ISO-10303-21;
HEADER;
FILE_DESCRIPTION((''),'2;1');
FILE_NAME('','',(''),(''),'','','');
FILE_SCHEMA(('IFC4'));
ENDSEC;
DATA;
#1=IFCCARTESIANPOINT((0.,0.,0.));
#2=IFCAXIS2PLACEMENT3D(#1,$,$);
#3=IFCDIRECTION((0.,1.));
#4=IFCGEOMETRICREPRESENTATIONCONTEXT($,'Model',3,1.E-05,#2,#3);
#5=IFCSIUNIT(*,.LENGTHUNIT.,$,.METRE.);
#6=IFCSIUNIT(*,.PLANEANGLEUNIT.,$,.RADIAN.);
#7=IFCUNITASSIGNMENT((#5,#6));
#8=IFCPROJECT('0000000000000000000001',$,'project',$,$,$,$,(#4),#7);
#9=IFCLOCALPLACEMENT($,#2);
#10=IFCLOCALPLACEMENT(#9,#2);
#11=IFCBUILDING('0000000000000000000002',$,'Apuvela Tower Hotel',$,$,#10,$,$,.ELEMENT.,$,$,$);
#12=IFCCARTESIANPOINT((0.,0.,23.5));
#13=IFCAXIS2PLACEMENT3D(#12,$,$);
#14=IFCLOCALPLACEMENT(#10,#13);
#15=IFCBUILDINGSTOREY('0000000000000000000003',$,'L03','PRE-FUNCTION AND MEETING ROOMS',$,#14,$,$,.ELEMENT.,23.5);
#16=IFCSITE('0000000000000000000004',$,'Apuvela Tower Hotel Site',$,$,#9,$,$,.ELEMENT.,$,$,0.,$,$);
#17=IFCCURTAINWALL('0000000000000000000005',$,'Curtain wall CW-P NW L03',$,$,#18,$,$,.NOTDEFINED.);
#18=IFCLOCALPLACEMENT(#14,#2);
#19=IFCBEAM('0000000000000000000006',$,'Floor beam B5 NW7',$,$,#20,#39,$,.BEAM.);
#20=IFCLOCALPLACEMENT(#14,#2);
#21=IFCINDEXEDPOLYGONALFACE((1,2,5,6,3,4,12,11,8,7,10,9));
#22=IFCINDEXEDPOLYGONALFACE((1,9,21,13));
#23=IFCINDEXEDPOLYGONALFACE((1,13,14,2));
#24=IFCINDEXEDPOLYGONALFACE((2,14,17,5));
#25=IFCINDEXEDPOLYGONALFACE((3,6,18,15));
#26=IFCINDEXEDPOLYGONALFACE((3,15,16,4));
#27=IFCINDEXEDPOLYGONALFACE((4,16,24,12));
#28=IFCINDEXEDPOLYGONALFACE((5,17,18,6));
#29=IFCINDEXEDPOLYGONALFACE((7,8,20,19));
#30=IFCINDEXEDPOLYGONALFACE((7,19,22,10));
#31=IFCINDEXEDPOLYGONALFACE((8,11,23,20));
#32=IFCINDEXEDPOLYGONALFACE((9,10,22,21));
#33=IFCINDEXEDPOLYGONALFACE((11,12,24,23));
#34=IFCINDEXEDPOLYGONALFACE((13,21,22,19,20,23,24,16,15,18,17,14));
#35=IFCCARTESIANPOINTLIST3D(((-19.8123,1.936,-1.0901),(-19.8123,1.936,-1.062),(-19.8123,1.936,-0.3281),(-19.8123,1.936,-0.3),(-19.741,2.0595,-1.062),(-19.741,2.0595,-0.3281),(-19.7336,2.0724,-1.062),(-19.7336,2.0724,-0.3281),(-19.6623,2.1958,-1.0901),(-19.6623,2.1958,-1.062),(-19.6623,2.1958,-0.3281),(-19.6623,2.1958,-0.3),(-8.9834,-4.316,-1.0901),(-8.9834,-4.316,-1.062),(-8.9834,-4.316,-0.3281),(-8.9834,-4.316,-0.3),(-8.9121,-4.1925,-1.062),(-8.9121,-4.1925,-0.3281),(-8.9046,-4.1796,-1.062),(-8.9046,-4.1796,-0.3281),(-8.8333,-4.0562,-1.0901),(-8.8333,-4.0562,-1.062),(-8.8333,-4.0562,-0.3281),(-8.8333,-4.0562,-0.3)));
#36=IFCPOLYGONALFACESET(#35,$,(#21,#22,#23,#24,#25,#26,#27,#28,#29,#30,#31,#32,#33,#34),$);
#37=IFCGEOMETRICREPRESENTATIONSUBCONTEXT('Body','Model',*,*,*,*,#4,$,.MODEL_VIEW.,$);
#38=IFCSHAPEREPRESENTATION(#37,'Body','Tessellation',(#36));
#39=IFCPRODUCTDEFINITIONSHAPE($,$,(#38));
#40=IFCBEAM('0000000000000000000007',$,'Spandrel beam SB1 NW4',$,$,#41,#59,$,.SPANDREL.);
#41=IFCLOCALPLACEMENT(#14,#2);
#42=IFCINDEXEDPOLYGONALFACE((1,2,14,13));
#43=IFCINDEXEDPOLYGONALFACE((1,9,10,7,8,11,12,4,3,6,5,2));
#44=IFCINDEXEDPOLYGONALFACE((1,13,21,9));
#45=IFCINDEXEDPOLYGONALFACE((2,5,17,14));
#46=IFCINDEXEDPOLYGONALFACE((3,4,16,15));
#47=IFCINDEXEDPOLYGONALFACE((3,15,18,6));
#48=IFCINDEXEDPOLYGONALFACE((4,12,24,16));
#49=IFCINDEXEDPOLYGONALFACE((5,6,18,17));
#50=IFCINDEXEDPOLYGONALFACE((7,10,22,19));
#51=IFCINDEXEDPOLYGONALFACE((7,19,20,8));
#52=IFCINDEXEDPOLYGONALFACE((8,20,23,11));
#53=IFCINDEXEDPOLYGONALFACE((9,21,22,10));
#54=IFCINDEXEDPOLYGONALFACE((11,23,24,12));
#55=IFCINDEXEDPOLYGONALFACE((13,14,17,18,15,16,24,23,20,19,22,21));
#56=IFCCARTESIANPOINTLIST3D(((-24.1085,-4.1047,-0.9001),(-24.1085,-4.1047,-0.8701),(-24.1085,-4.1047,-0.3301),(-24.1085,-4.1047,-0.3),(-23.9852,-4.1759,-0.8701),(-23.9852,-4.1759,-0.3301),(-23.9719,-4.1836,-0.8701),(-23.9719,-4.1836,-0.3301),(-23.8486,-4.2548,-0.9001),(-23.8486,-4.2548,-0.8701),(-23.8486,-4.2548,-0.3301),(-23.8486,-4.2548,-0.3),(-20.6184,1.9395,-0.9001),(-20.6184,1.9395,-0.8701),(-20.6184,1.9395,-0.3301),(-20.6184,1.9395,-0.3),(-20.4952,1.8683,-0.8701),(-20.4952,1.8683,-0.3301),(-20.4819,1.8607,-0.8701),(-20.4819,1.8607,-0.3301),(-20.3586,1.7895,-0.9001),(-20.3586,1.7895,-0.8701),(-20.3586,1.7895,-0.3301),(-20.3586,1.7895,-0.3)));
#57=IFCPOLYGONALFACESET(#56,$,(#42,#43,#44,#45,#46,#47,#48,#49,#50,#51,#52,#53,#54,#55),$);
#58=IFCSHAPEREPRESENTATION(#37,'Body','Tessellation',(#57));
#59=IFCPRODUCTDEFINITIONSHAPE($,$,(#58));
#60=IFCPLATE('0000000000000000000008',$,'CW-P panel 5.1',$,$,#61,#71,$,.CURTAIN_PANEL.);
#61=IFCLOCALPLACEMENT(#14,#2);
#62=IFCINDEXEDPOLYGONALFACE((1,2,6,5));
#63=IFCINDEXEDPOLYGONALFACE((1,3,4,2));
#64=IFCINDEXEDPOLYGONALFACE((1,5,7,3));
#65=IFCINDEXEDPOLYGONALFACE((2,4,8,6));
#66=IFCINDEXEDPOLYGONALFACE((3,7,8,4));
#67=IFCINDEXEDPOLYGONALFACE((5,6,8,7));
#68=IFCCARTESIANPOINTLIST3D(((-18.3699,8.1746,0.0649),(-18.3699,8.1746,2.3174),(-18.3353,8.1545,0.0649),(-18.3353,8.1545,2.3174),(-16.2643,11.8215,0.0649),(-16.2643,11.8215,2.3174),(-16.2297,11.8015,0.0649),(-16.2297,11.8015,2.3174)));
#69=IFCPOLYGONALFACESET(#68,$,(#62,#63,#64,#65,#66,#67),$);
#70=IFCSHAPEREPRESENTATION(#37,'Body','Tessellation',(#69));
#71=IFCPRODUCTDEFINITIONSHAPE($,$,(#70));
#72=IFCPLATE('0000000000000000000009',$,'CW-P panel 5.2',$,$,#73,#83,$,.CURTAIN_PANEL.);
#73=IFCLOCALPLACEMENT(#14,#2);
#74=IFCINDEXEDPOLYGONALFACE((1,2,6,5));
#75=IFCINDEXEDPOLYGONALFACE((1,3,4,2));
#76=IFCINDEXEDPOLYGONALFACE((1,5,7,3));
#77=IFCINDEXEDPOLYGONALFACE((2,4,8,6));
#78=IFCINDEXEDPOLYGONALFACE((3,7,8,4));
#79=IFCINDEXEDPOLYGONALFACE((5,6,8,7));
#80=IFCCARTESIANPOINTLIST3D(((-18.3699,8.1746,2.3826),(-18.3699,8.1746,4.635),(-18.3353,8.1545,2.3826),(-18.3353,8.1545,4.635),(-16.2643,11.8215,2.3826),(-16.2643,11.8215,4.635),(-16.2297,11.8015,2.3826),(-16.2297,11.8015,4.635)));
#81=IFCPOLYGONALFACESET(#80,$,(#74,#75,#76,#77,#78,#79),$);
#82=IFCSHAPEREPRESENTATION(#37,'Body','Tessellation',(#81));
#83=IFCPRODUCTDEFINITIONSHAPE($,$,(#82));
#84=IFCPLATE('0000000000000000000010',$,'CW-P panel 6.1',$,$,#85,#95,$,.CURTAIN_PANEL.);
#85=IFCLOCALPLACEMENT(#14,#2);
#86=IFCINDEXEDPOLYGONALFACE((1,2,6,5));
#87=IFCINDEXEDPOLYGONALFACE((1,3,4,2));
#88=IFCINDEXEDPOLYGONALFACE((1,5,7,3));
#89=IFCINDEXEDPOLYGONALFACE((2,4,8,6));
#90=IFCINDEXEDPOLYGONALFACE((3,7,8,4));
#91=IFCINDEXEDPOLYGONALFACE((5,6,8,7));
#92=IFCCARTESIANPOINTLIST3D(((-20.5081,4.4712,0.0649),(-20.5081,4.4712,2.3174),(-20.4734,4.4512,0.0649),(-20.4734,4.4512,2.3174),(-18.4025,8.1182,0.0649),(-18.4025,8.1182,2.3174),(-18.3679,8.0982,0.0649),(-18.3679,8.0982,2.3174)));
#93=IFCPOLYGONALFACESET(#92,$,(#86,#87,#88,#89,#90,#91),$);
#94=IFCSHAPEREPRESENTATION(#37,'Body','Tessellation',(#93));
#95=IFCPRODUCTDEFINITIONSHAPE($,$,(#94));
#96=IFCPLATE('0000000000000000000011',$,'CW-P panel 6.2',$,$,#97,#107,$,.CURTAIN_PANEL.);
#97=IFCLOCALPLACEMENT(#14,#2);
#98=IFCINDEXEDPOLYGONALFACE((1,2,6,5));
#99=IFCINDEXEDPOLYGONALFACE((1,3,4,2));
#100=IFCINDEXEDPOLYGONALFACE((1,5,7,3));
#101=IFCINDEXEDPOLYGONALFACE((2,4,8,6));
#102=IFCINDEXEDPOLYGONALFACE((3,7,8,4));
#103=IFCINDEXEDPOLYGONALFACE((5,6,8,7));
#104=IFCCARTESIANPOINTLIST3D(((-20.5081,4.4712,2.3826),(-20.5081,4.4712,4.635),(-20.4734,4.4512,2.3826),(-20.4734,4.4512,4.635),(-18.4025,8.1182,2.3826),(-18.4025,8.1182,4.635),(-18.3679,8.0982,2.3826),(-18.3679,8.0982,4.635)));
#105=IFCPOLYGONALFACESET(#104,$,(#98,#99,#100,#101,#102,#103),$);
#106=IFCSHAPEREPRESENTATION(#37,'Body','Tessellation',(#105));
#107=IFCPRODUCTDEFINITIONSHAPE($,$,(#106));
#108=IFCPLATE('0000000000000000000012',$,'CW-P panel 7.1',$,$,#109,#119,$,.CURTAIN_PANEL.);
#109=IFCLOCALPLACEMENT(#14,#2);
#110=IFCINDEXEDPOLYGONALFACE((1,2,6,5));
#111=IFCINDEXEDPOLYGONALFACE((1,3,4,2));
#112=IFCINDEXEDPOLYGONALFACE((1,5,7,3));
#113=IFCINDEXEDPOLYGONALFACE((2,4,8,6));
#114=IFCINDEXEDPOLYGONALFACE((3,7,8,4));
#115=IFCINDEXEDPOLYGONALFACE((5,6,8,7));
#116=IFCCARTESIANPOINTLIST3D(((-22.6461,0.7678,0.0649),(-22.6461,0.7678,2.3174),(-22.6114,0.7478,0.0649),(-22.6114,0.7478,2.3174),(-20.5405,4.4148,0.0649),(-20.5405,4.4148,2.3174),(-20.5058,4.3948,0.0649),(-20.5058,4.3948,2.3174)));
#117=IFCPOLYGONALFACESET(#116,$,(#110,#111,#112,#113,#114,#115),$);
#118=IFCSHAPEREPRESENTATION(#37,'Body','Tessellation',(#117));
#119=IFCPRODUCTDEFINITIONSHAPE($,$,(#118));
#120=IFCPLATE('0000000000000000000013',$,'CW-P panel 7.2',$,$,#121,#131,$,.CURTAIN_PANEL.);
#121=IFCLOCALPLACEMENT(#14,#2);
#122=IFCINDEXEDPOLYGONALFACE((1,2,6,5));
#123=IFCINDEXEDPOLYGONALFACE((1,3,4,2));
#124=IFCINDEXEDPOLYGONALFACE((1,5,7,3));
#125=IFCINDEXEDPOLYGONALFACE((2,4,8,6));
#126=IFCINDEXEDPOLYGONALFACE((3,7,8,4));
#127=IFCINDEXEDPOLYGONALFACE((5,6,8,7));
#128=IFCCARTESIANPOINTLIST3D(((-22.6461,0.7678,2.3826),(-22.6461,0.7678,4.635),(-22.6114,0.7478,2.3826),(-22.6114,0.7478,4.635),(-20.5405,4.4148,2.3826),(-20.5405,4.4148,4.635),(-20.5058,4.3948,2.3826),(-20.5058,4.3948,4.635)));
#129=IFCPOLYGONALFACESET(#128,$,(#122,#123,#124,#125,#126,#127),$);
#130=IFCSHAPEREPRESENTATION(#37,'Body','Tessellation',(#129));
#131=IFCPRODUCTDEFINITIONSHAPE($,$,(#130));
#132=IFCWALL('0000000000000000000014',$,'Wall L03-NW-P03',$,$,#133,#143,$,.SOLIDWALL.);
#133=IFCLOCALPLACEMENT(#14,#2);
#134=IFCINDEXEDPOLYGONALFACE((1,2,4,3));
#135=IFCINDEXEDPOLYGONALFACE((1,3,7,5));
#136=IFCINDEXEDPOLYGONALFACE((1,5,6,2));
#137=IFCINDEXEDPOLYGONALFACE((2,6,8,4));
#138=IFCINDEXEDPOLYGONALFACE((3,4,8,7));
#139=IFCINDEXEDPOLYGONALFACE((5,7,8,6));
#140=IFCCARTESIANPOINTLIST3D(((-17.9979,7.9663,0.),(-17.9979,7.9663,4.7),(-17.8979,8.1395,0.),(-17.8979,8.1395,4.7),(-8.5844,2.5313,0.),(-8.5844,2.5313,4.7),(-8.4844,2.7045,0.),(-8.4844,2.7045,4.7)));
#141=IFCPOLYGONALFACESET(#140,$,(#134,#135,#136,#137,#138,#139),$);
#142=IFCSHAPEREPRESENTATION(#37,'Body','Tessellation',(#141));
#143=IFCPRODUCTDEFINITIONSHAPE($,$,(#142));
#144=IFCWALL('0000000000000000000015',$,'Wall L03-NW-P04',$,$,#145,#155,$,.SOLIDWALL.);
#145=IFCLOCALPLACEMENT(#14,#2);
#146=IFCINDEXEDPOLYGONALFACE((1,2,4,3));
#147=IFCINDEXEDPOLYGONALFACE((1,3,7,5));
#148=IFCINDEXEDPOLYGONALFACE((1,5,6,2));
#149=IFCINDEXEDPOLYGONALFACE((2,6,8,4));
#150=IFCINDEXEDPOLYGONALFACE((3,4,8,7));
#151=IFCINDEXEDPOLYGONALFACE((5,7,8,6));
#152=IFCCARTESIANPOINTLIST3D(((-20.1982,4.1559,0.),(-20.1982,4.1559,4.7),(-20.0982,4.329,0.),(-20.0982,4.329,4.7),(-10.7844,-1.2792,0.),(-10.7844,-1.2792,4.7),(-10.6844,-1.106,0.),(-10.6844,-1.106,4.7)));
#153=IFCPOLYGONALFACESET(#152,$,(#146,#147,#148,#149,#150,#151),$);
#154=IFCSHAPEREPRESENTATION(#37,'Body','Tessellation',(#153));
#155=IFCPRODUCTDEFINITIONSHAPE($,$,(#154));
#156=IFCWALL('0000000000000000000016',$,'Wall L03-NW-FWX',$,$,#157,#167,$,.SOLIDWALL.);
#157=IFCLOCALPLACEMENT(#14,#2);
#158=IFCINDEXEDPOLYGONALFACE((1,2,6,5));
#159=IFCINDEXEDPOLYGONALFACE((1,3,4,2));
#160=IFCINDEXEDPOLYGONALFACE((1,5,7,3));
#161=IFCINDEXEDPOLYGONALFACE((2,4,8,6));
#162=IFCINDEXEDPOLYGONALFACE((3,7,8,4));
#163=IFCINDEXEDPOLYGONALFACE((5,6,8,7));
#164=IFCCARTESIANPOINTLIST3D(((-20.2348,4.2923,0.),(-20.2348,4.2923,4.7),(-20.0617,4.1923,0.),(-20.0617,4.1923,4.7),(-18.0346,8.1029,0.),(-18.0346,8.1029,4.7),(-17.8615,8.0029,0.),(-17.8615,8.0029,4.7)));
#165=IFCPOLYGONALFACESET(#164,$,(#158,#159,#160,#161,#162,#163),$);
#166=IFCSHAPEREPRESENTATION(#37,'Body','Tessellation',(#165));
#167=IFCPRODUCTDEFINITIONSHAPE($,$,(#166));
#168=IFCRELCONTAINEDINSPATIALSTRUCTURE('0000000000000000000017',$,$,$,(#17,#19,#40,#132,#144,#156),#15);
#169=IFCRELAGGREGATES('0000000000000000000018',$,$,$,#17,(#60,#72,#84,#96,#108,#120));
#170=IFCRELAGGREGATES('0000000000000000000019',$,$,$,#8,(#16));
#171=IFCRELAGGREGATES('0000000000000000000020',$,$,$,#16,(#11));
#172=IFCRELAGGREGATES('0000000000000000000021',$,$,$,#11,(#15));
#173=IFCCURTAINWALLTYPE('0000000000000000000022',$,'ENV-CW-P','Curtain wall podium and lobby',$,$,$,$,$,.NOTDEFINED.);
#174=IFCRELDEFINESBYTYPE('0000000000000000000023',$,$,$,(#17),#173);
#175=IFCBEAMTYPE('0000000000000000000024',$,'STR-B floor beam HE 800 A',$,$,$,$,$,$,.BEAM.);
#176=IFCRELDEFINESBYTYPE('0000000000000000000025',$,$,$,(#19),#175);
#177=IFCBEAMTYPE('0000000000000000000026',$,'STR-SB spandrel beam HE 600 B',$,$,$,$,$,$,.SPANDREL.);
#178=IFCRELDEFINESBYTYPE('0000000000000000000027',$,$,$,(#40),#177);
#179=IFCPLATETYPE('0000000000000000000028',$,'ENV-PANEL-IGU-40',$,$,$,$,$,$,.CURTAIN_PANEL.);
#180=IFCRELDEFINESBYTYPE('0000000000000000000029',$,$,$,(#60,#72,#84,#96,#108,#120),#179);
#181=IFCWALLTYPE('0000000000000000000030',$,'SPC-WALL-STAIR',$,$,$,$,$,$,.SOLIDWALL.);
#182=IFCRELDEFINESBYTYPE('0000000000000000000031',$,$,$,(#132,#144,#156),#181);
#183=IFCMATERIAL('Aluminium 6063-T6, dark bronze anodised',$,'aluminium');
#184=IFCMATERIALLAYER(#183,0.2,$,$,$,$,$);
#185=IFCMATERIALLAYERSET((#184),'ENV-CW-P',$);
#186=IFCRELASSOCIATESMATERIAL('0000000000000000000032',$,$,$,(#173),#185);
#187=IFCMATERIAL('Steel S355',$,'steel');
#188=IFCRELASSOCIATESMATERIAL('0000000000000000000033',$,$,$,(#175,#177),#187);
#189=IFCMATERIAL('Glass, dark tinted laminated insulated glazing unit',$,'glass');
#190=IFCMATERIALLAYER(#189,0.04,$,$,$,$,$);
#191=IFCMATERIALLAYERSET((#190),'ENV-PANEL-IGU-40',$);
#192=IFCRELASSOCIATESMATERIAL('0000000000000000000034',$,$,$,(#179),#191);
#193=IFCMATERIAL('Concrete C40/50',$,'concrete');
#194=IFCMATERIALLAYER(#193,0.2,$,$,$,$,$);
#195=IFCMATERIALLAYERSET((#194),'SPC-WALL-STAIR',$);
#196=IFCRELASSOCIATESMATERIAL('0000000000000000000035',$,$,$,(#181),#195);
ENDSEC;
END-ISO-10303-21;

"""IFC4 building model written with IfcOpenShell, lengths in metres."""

from ifc_helpers import new_model, si_unit, direction, frame, frame_2d, origin, origin_2d, place, context, subcontext, project, spatial, rectangle, i_section, extrude, material, layer, layer_set, material_profile, profile_set, type_object, element, aggregate, save


model = new_model("IFC4")

# Units and contexts
model_context = context("Model", 3, precision=1e-05, world=origin(), true_north=direction((0.0, 1.0)))
body_context = subcontext(model_context, "Body", "Model", "MODEL_VIEW")
ifc_project = project(units=[si_unit("LENGTHUNIT", "METRE"), si_unit("PLANEANGLEUNIT", "RADIAN")], contexts=[model_context])

# Site, building, storey
site_placement = place(None, origin())
site = spatial("IfcSite", under=ifc_project, at=site_placement, Name="Apuvela Tower Hotel Site", CompositionType="ELEMENT", RefElevation=0.0)
building_placement = place(site_placement, origin())
building = spatial("IfcBuilding", under=site, at=building_placement, Name="Apuvela Tower Hotel", CompositionType="ELEMENT")
storey_placement = place(building_placement, frame((0.0, 0.0, 23.5)))
storey = spatial("IfcBuildingStorey", under=building, at=storey_placement, Name="L03", Description="PRE-FUNCTION AND MEETING ROOMS", CompositionType="ELEMENT", Elevation=23.5)

# Curtain wall
ifc_material_1 = material(Name="Aluminium 6063-T6, dark bronze anodised", Category="aluminium")
ifc_layer_1 = layer(ifc_material_1, 0.2)
ifc_layer_set_1 = layer_set([ifc_layer_1], Name="ENV-CW-P")
curtain_wall_type = type_object("IfcCurtainWallType", Name="ENV-CW-P", Description="Curtain wall podium and lobby", PredefinedType="NOTDEFINED", material=ifc_layer_set_1)
curtain_wall_placement = place(storey_placement, origin())
curtain_wall = element("IfcCurtainWall", 1, at=curtain_wall_placement, inside=storey, type_object=curtain_wall_type, Name="Curtain wall CW-P NW L03", PredefinedType="NOTDEFINED")

# Beams
ifc_material_2 = material(Name="Steel S355", Category="steel")
ifc_material_profile_1 = material_profile(ifc_material_2, i_section(OverallWidth=0.3, OverallDepth=0.79, WebThickness=0.0149, FlangeThickness=0.0281, at=origin_2d()), Name="HE 800 A")
ifc_profile_set_1 = profile_set([ifc_material_profile_1], Name="Steel S355")
beam_type_1 = type_object("IfcBeamType", Name="STR-B floor beam HE 800 A", PredefinedType="BEAM", material=ifc_profile_set_1)
beam_1_placement = place(storey_placement, frame((-19.7373, 2.0659, -0.6951), z_axis=(0.866029, -0.499995, 0.0), x_axis=(0.499995, 0.866029, 0.0)))
element("IfcBeam", 2, at=beam_1_placement, inside=storey, type_object=beam_type_1, Name="Floor beam B5 NW7", PredefinedType="BEAM", context=body_context, shape_type="SweptSolid", body=[
    extrude(i_section(OverallWidth=0.3, OverallDepth=0.79, WebThickness=0.0149, FlangeThickness=0.0281, at=origin_2d()), origin(), (0.0, 0.0, 1.0), 12.5042),
])
ifc_material_profile_2 = material_profile(ifc_material_2, i_section(OverallWidth=0.3, OverallDepth=0.6001, WebThickness=0.0154, FlangeThickness=0.03, at=origin_2d()), Name="HE 600 B")
ifc_profile_set_2 = profile_set([ifc_material_profile_2], Name="Steel S355")
beam_type_2 = type_object("IfcBeamType", Name="STR-SB spandrel beam HE 600 B", PredefinedType="SPANDREL", material=ifc_profile_set_2)
beam_2_placement = place(storey_placement, frame((-20.4885, 1.8645, -0.6001), z_axis=(-0.50004, -0.866002, 0.0), x_axis=(0.866002, -0.50004, 0.0)))
element("IfcBeam", 3, at=beam_2_placement, inside=storey, type_object=beam_type_2, Name="Spandrel beam SB1 NW4", PredefinedType="SPANDREL", context=body_context, shape_type="SweptSolid", body=[
    extrude(i_section(OverallWidth=0.3, OverallDepth=0.6001, WebThickness=0.0154, FlangeThickness=0.03, at=origin_2d()), origin(), (0.0, 0.0, 1.0), 6.9795),
])

# Plates
ifc_material_3 = material(Name="Glass, dark tinted laminated insulated glazing unit", Category="glass")
ifc_layer_2 = layer(ifc_material_3, 0.04)
ifc_layer_set_2 = layer_set([ifc_layer_2], Name="ENV-PANEL-IGU-40")
plate_type = type_object("IfcPlateType", Name="ENV-PANEL-IGU-40", PredefinedType="CURTAIN_PANEL", material=ifc_layer_set_2)
plate_1_placement = place(storey_placement, frame((-17.2998, 9.988, 0.0649), z_axis=(0.0, 0.0, 1.0), x_axis=(-0.5, -0.866026, 0.0)))
plate_1 = element("IfcPlate", 4, at=plate_1_placement, type_object=plate_type, Name="CW-P panel 5.1", PredefinedType="CURTAIN_PANEL", context=body_context, shape_type="SweptSolid", body=[
    extrude(rectangle(XDim=4.2112, YDim=0.04, at=origin_2d()), origin(), (0.0, 0.0, 1.0), 2.2524),
])
plate_2_placement = place(storey_placement, frame((-17.2998, 9.988, 2.3826), z_axis=(0.0, 0.0, 1.0), x_axis=(-0.5, -0.866026, 0.0)))
plate_2 = element("IfcPlate", 5, at=plate_2_placement, type_object=plate_type, Name="CW-P panel 5.2", PredefinedType="CURTAIN_PANEL", context=body_context, shape_type="SweptSolid", body=[
    extrude(rectangle(XDim=4.2112, YDim=0.04, at=origin_2d()), origin(), (0.0, 0.0, 1.0), 2.2524),
])
plate_3_placement = place(storey_placement, frame((-19.438, 6.2847, 0.0649), z_axis=(0.0, 0.0, 1.0), x_axis=(-0.5, -0.866026, 0.0)))
plate_3 = element("IfcPlate", 6, at=plate_3_placement, type_object=plate_type, Name="CW-P panel 6.1", PredefinedType="CURTAIN_PANEL", context=body_context, shape_type="SweptSolid", body=[
    extrude(rectangle(XDim=4.2112, YDim=0.04, at=origin_2d()), origin(), (0.0, 0.0, 1.0), 2.2524),
])
plate_4_placement = place(storey_placement, frame((-19.438, 6.2847, 2.3826), z_axis=(0.0, 0.0, 1.0), x_axis=(-0.5, -0.866026, 0.0)))
plate_4 = element("IfcPlate", 7, at=plate_4_placement, type_object=plate_type, Name="CW-P panel 6.2", PredefinedType="CURTAIN_PANEL", context=body_context, shape_type="SweptSolid", body=[
    extrude(rectangle(XDim=4.2112, YDim=0.04, at=origin_2d()), origin(), (0.0, 0.0, 1.0), 2.2524),
])
plate_5_placement = place(storey_placement, frame((-21.5759, 2.5813, 0.0649), z_axis=(0.0, 0.0, 1.0), x_axis=(-0.5, -0.866026, 0.0)))
plate_5 = element("IfcPlate", 8, at=plate_5_placement, type_object=plate_type, Name="CW-P panel 7.1", PredefinedType="CURTAIN_PANEL", context=body_context, shape_type="SweptSolid", body=[
    extrude(rectangle(XDim=4.2112, YDim=0.04, at=origin_2d()), origin(), (0.0, 0.0, 1.0), 2.2524),
])
plate_6_placement = place(storey_placement, frame((-21.5759, 2.5813, 2.3826), z_axis=(0.0, 0.0, 1.0), x_axis=(-0.5, -0.866026, 0.0)))
plate_6 = element("IfcPlate", 9, at=plate_6_placement, type_object=plate_type, Name="CW-P panel 7.2", PredefinedType="CURTAIN_PANEL", context=body_context, shape_type="SweptSolid", body=[
    extrude(rectangle(XDim=4.2112, YDim=0.04, at=origin_2d()), origin(), (0.0, 0.0, 1.0), 2.2524),
])
aggregate(curtain_wall, [plate_1, plate_2, plate_3, plate_4, plate_5, plate_6])

# Walls
ifc_material_4 = material(Name="Concrete C40/50", Category="concrete")
ifc_layer_3 = layer(ifc_material_4, 0.2)
ifc_layer_set_3 = layer_set([ifc_layer_3], Name="SPC-WALL-STAIR")
wall_type = type_object("IfcWallType", Name="SPC-WALL-STAIR", PredefinedType="SOLIDWALL", material=ifc_layer_set_3)
wall_1_placement = place(storey_placement, frame((-17.948, 8.053, 0.0), z_axis=(0.0, 0.0, 1.0), x_axis=(0.86602, -0.500009, 0.0)))
element("IfcWall", 10, at=wall_1_placement, inside=storey, type_object=wall_type, Name="Wall L03-NW-P03", PredefinedType="SOLIDWALL", context=body_context, shape_type="SweptSolid", body=[
    extrude(rectangle(XDim=10.8699, YDim=0.2, at=frame_2d((5.4351, 0.0))), origin(), (0.0, 0.0, 1.0), 4.7),
])
wall_2_placement = place(storey_placement, frame((-20.1482, 4.2424, 0.0), z_axis=(0.0, 0.0, 1.0), x_axis=(0.866026, -0.499999, 0.0)))
element("IfcWall", 11, at=wall_2_placement, inside=storey, type_object=wall_type, Name="Wall L03-NW-P04", PredefinedType="SOLIDWALL", context=body_context, shape_type="SweptSolid", body=[
    extrude(rectangle(XDim=10.8701, YDim=0.2, at=frame_2d((5.4351, 0.0))), origin(), (0.0, 0.0, 1.0), 4.7),
])
wall_3_placement = place(storey_placement, frame((-17.948, 8.053, 0.0), z_axis=(0.0, 0.0, 1.0), x_axis=(-0.50003, -0.866008, 0.0)))
element("IfcWall", 12, at=wall_3_placement, inside=storey, type_object=wall_type, Name="Wall L03-NW-FWX", PredefinedType="SOLIDWALL", context=body_context, shape_type="SweptSolid", body=[
    extrude(rectangle(XDim=4.4001, YDim=0.2, at=frame_2d((2.2002, 0.0))), origin(), (0.0, 0.0, 1.0), 4.7),
])

save(model, "model.ifc")
